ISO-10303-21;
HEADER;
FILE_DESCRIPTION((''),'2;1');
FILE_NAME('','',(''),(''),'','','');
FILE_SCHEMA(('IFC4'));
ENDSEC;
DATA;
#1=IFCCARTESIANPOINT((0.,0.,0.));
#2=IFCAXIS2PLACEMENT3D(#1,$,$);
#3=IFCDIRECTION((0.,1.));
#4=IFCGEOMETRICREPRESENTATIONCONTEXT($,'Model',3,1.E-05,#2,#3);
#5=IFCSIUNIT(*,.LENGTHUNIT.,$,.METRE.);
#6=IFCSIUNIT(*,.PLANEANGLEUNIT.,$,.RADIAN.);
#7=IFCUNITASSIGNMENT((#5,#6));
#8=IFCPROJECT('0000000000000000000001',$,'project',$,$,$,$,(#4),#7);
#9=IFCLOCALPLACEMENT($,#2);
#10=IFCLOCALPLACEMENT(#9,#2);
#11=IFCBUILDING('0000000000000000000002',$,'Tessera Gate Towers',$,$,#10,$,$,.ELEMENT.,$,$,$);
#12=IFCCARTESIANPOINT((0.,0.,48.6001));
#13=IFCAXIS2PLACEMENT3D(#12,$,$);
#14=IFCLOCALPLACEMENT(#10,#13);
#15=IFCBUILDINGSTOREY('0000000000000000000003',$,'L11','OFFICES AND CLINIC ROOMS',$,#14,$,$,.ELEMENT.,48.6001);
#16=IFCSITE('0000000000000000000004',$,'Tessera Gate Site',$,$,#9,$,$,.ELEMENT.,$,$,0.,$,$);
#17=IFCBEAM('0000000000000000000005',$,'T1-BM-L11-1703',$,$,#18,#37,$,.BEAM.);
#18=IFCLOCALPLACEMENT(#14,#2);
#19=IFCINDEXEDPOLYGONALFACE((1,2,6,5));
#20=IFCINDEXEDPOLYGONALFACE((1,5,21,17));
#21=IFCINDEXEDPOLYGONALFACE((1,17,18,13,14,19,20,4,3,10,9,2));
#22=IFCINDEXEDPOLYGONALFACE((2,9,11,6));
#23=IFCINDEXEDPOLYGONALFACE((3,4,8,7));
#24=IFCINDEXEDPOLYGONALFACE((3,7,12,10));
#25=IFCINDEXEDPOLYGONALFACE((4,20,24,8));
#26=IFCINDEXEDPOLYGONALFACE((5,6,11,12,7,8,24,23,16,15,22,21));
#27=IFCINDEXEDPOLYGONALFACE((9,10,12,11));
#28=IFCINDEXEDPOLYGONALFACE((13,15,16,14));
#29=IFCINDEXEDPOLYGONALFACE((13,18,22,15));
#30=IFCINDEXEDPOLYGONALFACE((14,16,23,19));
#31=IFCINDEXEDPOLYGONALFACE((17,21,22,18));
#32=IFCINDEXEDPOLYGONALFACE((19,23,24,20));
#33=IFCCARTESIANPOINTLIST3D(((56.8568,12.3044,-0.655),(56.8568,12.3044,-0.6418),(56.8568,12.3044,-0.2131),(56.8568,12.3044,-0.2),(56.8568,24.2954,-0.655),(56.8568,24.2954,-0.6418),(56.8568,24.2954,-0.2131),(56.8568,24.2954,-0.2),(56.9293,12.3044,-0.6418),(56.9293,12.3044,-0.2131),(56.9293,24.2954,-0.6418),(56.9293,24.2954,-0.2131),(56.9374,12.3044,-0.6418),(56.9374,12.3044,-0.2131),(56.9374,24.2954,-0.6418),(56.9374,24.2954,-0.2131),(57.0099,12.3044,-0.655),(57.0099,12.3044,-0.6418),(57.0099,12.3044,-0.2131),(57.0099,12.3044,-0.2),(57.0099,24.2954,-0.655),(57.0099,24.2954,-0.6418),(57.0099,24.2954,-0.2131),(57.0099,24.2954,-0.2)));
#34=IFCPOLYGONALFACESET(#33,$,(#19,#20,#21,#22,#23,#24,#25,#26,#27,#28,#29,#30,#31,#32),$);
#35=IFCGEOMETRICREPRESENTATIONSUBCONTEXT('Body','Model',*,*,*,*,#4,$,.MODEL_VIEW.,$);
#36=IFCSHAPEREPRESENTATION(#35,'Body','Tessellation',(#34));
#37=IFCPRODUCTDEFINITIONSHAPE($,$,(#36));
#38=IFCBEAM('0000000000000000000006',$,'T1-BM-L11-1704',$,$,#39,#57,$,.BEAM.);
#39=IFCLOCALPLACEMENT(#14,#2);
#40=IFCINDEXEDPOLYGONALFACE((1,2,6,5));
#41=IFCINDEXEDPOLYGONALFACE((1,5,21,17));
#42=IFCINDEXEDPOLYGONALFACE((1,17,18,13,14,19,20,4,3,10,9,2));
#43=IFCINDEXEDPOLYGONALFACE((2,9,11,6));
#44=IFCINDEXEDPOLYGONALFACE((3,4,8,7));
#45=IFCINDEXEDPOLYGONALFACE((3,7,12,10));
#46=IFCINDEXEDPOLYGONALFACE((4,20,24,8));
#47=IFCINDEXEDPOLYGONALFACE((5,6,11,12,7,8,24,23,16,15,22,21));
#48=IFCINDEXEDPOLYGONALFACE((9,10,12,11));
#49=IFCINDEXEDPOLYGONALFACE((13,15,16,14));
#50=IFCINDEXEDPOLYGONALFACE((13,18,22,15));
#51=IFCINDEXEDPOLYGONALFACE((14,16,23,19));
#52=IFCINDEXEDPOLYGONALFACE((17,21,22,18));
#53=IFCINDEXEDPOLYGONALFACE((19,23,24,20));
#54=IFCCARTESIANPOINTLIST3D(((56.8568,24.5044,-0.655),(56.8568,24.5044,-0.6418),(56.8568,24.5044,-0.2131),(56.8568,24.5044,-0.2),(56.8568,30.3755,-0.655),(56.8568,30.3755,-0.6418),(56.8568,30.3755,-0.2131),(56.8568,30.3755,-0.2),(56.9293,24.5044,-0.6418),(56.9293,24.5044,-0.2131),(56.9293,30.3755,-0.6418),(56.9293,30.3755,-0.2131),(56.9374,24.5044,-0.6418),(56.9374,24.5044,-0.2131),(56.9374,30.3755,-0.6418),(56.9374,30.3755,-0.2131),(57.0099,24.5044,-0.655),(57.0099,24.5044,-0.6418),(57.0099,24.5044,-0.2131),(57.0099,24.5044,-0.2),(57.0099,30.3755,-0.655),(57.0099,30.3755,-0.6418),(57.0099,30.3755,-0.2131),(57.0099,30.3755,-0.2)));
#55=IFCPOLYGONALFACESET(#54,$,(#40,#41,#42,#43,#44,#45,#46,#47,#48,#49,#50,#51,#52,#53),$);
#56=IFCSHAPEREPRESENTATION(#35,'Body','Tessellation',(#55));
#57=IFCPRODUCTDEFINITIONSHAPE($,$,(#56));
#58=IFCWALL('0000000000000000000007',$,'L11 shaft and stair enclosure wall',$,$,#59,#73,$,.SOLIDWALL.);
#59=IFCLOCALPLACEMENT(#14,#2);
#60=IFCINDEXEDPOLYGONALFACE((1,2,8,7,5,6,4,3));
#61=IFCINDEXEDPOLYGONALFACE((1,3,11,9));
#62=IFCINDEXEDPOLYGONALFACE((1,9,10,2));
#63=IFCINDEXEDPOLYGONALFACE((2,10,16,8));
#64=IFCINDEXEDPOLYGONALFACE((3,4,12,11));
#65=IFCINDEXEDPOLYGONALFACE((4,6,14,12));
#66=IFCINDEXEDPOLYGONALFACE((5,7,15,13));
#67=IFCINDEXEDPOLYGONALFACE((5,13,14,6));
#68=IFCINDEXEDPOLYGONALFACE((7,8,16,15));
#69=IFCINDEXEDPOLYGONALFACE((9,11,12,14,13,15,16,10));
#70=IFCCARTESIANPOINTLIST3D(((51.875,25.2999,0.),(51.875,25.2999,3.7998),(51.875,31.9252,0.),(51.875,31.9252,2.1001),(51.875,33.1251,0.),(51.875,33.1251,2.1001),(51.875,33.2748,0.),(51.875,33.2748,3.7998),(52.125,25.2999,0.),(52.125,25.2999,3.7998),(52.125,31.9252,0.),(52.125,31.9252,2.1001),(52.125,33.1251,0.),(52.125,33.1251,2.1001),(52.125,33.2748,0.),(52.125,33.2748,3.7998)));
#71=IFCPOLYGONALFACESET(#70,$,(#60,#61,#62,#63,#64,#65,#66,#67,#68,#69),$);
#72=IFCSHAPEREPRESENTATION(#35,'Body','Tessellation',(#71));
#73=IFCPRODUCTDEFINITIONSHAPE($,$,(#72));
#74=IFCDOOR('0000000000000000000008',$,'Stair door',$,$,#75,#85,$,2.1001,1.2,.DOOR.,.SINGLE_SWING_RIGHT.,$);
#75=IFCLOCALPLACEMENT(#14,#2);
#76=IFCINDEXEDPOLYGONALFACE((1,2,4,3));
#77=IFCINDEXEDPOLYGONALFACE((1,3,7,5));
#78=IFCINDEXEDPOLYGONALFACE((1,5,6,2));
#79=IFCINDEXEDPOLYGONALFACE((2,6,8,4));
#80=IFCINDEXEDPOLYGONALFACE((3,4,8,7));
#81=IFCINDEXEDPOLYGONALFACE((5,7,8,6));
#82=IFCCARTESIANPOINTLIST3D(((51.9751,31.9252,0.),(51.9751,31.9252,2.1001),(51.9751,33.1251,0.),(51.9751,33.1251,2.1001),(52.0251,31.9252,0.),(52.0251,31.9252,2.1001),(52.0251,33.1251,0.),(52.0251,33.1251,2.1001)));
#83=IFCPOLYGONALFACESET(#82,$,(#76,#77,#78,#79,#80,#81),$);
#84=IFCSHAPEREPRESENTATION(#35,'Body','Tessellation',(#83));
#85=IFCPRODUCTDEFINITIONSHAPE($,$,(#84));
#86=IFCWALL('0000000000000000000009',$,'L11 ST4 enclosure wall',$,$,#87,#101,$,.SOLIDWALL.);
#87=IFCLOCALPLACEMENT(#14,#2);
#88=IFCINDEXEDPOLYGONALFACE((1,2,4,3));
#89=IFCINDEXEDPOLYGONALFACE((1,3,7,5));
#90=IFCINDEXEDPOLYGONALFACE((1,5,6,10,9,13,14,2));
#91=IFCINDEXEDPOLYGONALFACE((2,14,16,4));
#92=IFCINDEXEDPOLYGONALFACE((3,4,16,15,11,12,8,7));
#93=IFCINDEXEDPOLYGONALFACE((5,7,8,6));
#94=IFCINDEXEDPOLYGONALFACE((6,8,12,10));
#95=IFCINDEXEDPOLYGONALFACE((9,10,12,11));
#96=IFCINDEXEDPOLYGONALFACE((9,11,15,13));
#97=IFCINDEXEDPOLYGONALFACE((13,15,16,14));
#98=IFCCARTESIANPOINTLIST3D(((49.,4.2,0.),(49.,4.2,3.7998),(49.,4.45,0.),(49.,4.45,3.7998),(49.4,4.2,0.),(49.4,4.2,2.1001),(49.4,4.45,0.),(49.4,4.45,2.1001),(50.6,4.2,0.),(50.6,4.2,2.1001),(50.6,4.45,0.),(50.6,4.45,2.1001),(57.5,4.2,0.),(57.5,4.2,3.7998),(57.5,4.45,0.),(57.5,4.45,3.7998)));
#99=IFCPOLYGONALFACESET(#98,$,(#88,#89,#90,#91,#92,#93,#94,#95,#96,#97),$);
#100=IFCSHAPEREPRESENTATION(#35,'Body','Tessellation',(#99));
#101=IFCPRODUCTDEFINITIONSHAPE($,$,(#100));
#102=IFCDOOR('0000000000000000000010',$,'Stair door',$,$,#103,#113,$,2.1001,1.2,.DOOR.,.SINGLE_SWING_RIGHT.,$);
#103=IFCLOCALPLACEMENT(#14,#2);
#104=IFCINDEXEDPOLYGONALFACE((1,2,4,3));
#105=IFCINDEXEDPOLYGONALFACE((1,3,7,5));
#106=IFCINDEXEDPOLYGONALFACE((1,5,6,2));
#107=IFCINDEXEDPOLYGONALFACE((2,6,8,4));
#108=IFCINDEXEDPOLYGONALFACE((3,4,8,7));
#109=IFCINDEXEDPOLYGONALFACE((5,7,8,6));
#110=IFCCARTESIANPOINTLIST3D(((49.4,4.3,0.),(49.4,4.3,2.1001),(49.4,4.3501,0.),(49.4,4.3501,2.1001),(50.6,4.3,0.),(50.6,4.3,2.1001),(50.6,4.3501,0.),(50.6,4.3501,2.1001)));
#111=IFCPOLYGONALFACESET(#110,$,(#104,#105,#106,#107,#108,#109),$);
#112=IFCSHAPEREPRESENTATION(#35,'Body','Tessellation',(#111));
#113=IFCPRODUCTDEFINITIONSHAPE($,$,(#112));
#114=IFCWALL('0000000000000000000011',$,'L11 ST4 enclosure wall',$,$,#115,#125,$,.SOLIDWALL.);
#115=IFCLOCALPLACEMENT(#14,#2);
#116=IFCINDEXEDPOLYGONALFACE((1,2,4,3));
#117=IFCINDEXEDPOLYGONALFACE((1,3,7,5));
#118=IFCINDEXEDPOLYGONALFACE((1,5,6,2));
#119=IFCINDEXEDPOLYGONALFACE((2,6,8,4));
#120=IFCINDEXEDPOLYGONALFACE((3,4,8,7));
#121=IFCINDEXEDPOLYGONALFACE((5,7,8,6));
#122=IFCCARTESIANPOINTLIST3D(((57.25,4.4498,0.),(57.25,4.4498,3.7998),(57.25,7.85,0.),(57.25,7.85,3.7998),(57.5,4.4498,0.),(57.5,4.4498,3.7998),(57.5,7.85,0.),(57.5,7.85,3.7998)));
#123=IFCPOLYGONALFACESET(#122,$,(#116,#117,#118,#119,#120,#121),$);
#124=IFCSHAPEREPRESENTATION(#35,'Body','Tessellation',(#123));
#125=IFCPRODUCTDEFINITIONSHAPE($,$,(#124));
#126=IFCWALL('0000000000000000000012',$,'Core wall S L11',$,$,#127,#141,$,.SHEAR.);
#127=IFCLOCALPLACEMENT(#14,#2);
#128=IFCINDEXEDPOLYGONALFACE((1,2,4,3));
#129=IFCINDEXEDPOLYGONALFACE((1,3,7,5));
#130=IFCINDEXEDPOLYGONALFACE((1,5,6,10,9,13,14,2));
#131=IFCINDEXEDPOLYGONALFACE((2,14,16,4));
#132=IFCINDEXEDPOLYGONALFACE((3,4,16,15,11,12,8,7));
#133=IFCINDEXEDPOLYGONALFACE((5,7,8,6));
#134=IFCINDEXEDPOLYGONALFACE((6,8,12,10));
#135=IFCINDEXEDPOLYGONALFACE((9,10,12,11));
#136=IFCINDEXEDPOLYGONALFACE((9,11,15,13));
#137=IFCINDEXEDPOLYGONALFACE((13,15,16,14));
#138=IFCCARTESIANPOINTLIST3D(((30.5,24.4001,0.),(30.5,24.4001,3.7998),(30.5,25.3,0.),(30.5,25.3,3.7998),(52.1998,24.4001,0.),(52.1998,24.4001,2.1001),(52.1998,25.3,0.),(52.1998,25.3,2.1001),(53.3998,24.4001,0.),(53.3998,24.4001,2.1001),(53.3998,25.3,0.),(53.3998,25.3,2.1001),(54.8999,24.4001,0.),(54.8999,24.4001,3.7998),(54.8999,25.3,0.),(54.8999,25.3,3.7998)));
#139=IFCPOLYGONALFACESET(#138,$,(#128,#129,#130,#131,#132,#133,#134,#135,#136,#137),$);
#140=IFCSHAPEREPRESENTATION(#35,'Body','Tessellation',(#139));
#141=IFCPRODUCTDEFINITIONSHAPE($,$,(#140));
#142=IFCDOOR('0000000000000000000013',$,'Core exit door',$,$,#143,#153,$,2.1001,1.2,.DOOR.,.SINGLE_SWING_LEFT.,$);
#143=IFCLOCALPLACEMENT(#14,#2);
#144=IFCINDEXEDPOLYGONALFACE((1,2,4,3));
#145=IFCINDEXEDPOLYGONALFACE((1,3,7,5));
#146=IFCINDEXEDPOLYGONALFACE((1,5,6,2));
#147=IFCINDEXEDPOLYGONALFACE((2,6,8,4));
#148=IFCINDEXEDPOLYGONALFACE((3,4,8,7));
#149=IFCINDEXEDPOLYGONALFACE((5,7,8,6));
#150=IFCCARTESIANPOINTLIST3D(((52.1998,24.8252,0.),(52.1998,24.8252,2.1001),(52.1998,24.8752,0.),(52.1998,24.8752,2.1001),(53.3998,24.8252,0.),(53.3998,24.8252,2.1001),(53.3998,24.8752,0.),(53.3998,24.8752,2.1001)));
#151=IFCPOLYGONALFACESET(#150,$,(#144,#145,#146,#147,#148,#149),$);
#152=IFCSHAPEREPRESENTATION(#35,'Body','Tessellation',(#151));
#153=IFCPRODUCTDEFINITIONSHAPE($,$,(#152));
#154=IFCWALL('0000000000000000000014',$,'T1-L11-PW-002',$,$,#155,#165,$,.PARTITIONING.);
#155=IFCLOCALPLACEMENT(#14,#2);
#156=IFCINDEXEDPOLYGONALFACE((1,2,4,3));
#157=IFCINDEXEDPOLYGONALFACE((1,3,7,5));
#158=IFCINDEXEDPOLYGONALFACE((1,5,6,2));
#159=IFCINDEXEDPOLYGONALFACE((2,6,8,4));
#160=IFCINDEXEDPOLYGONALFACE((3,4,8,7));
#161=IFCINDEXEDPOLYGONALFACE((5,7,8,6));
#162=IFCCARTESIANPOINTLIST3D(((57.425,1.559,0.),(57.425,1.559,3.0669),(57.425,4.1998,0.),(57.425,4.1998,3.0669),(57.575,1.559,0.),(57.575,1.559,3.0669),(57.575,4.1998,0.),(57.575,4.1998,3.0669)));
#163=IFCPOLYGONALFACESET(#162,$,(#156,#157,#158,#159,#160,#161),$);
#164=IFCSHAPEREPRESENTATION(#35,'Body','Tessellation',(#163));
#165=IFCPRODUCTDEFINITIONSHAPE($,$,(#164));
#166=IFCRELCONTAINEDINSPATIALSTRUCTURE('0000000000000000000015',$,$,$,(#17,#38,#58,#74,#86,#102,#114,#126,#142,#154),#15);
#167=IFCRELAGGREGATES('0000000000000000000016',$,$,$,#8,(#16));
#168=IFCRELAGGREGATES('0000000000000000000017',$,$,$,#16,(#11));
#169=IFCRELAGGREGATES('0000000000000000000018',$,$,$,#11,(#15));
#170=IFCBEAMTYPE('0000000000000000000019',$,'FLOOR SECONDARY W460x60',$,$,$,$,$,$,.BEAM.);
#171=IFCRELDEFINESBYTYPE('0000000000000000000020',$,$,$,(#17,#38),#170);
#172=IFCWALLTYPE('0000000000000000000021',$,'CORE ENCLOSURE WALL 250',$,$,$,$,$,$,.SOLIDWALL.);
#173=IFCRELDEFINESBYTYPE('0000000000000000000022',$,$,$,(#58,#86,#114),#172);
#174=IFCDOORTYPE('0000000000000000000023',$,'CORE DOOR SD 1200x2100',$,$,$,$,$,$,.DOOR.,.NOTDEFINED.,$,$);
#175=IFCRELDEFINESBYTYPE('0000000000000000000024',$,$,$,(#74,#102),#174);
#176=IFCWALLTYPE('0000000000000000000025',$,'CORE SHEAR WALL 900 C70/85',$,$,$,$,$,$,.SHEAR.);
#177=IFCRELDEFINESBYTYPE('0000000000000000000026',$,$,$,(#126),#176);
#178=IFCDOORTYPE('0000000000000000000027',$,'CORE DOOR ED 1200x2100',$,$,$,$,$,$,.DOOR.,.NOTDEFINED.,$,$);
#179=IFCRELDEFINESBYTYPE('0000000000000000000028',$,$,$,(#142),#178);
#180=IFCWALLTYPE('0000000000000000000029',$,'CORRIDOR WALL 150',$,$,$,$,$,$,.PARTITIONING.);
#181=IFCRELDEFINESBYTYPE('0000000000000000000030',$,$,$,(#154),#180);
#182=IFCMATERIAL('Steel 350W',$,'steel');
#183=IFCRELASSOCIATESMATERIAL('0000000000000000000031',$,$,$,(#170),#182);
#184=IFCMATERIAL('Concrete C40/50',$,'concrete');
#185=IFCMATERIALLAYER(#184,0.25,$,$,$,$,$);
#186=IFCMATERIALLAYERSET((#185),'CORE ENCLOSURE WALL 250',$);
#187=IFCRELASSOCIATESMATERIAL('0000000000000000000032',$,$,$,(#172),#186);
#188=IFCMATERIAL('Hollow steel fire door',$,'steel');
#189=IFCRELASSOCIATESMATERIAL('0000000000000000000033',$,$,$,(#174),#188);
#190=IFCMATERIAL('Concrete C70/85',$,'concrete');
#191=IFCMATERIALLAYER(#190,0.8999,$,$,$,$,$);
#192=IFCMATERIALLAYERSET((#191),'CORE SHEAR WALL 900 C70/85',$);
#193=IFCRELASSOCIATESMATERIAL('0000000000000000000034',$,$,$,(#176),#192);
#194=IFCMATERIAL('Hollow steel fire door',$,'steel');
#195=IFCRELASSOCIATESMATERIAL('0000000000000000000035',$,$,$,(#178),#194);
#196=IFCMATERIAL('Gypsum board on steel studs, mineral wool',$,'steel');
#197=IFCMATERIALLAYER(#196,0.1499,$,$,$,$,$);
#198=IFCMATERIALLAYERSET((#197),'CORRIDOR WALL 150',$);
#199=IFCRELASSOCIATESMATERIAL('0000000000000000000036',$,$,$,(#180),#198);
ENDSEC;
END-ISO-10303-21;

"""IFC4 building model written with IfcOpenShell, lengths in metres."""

from ifc_helpers import new_model, si_unit, direction, frame, frame_2d, origin, origin_2d, place, context, subcontext, project, spatial, rectangle, i_section, extrude, source, transform, mapped, material, layer, layer_set, material_profile, profile_set, type_object, element, fill, save


model = new_model("IFC4")

# Units and contexts
model_context = context("Model", 3, precision=1e-05, world=origin(), true_north=direction((0.0, 1.0)))
body_context = subcontext(model_context, "Body", "Model", "MODEL_VIEW")
ifc_project = project(units=[si_unit("LENGTHUNIT", "METRE"), si_unit("PLANEANGLEUNIT", "RADIAN")], contexts=[model_context])

# Site, building, storey
site_placement = place(None, origin())
site = spatial("IfcSite", under=ifc_project, at=site_placement, Name="Tessera Gate Site", CompositionType="ELEMENT", RefElevation=0.0)
building_placement = place(site_placement, origin())
building = spatial("IfcBuilding", under=site, at=building_placement, Name="Tessera Gate Towers", CompositionType="ELEMENT")
storey_placement = place(building_placement, frame((0.0, 0.0, 48.6001)))
storey = spatial("IfcBuildingStorey", under=building, at=storey_placement, Name="L11", Description="OFFICES AND CLINIC ROOMS", CompositionType="ELEMENT", Elevation=48.6001)

# Beams
ifc_material_1 = material(Name="Steel 350W", Category="steel")
ifc_material_profile_1 = material_profile(ifc_material_1, i_section(OverallWidth=0.1531, OverallDepth=0.4551, WebThickness=0.0081, FlangeThickness=0.0132, at=origin_2d()), Name="W460x60")
ifc_profile_set_1 = profile_set([ifc_material_profile_1], Name="Steel 350W")
beam_type_1 = type_object("IfcBeamType", Name="FLOOR SECONDARY W460x60", PredefinedType="BEAM", material=ifc_profile_set_1)
beam_1_placement = place(storey_placement, frame((56.9333, 12.3044, -0.4275), z_axis=(0.0, 1.0, 0.0), x_axis=(-1.0, 0.0, 0.0)))
element("IfcBeam", 1, at=beam_1_placement, inside=storey, type_object=beam_type_1, Name="T1-BM-L11-1703", PredefinedType="BEAM", context=body_context, shape_type="SweptSolid", body=[
    extrude(i_section(OverallWidth=0.1531, OverallDepth=0.4551, WebThickness=0.0081, FlangeThickness=0.0132, at=origin_2d()), origin(), (0.0, 0.0, 1.0), 11.991),
])
beam_2_placement = place(storey_placement, frame((56.9333, 24.5044, -0.4275), z_axis=(0.0, 1.0, 0.0), x_axis=(-1.0, 0.0, 0.0)))
element("IfcBeam", 2, at=beam_2_placement, inside=storey, type_object=beam_type_1, Name="T1-BM-L11-1704", PredefinedType="BEAM", context=body_context, shape_type="SweptSolid", body=[
    extrude(i_section(OverallWidth=0.1531, OverallDepth=0.4551, WebThickness=0.0081, FlangeThickness=0.0132, at=origin_2d()), origin(), (0.0, 0.0, 1.0), 5.8711),
])

# Walls, openings, doors
ifc_material_2 = material(Name="Concrete C40/50", Category="concrete")
ifc_layer_1 = layer(ifc_material_2, 0.25)
ifc_layer_set_1 = layer_set([ifc_layer_1], Name="CORE ENCLOSURE WALL 250")
wall_type_1 = type_object("IfcWallType", Name="CORE ENCLOSURE WALL 250", PredefinedType="SOLIDWALL", material=ifc_layer_set_1)
wall_1_placement = place(storey_placement, frame((52.0, 25.3, 0.0), z_axis=(0.0, 0.0, 1.0), x_axis=(0.0, 1.0, 0.0)))
wall_1 = element("IfcWall", 3, at=wall_1_placement, inside=storey, type_object=wall_type_1, Name="L11 shaft and stair enclosure wall", PredefinedType="SOLIDWALL", context=body_context, shape_type="SweptSolid", body=[
    extrude(rectangle(XDim=7.9749, YDim=0.25, at=frame_2d((3.9873, 0.0))), origin(), (0.0, 0.0, 1.0), 3.7998),
])
shared_shape_1 = source(origin(), body_context, "Body", "SweptSolid", [
    extrude(rectangle(XDim=1.2, YDim=2.1001, at=frame_2d((0.6001, 1.05))), frame((0.0, 0.135, 0.0), z_axis=(0.0, -1.0, 0.0), x_axis=(1.0, 0.0, 0.0)), (0.0, 0.0, 1.0), 0.27),
])
opening_1_placement = place(wall_1_placement, frame((6.625, 0.0, 0.0)))
opening_1 = element("IfcOpeningElement", 4, at=opening_1_placement, cuts=wall_1, PredefinedType="OPENING", context=body_context, shape_type="MappedRepresentation", body=[
    mapped(shared_shape_1, transform((0.0, 0.0, 0.0), scale=1.0)),
])
ifc_material_3 = material(Name="Hollow steel fire door", Category="steel")
door_type_1 = type_object("IfcDoorType", Name="CORE DOOR SD 1200x2100", OperationType="NOTDEFINED", PredefinedType="DOOR", material=ifc_material_3)
shared_shape_2 = source(origin(), body_context, "Body", "SweptSolid", [
    extrude(rectangle(XDim=1.2, YDim=2.1001, at=frame_2d((0.6001, 1.05))), frame((0.0, 0.0249, 0.0), z_axis=(0.0, -1.0, 0.0), x_axis=(1.0, 0.0, 0.0)), (0.0, 0.0, 1.0), 0.05),
])
door_1_placement = place(opening_1_placement, origin())
door_1 = element("IfcDoor", 5, at=door_1_placement, inside=storey, type_object=door_type_1, Name="Stair door", OperationType="SINGLE_SWING_RIGHT", OverallHeight=2.1001, OverallWidth=1.2, PredefinedType="DOOR", context=body_context, shape_type="MappedRepresentation", body=[
    mapped(shared_shape_2, transform((0.0, 0.0, 0.0), scale=1.0)),
])
fill(opening_1, door_1)
wall_2_placement = place(storey_placement, frame((57.5, 4.325, 0.0), z_axis=(0.0, 0.0, 1.0), x_axis=(-1.0, 0.0, 0.0)))
wall_2 = element("IfcWall", 6, at=wall_2_placement, inside=storey, type_object=wall_type_1, Name="L11 ST4 enclosure wall", PredefinedType="SOLIDWALL", context=body_context, shape_type="SweptSolid", body=[
    extrude(rectangle(XDim=8.5, YDim=0.25, at=frame_2d((4.25, 0.0))), origin(), (0.0, 0.0, 1.0), 3.7998),
])
opening_2_placement = place(wall_2_placement, frame((6.8999, 0.0, 0.0)))
opening_2 = element("IfcOpeningElement", 7, at=opening_2_placement, cuts=wall_2, PredefinedType="OPENING", context=body_context, shape_type="MappedRepresentation", body=[
    mapped(shared_shape_1, transform((0.0, 0.0, 0.0), scale=1.0)),
])
door_2_placement = place(opening_2_placement, origin())
door_2 = element("IfcDoor", 8, at=door_2_placement, inside=storey, type_object=door_type_1, Name="Stair door", OperationType="SINGLE_SWING_RIGHT", OverallHeight=2.1001, OverallWidth=1.2, PredefinedType="DOOR", context=body_context, shape_type="MappedRepresentation", body=[
    mapped(shared_shape_2, transform((0.0, 0.0, 0.0), scale=1.0)),
])
fill(opening_2, door_2)

# Wall
wall_3_placement = place(storey_placement, frame((57.375, 7.8501, 0.0), z_axis=(0.0, 0.0, 1.0), x_axis=(0.0, -1.0, 0.0)))
element("IfcWall", 9, at=wall_3_placement, inside=storey, type_object=wall_type_1, Name="L11 ST4 enclosure wall", PredefinedType="SOLIDWALL", context=body_context, shape_type="SweptSolid", body=[
    extrude(rectangle(XDim=3.4001, YDim=0.25, at=frame_2d((1.7002, 0.0))), origin(), (0.0, 0.0, 1.0), 3.7998),
])

# Wall, opening, door
ifc_material_4 = material(Name="Concrete C70/85", Category="concrete")
ifc_layer_2 = layer(ifc_material_4, 0.8999)
ifc_layer_set_2 = layer_set([ifc_layer_2], Name="CORE SHEAR WALL 900 C70/85")
wall_type_2 = type_object("IfcWallType", Name="CORE SHEAR WALL 900 C70/85", PredefinedType="SHEAR", material=ifc_layer_set_2)
wall_4_placement = place(storey_placement, frame((54.8999, 24.8501, 0.0), z_axis=(0.0, 0.0, 1.0), x_axis=(-1.0, 0.0, 0.0)))
wall_4 = element("IfcWall", 10, at=wall_4_placement, inside=storey, type_object=wall_type_2, Name="Core wall S L11", PredefinedType="SHEAR", context=body_context, shape_type="SweptSolid", body=[
    extrude(rectangle(XDim=24.3999, YDim=0.8999, at=frame_2d((12.2, 0.0))), origin(), (0.0, 0.0, 1.0), 3.7998),
])
shared_shape_3 = source(origin(), body_context, "Body", "SweptSolid", [
    extrude(rectangle(XDim=1.2, YDim=2.1001, at=frame_2d((0.6001, 1.05))), frame((0.0, 0.46, 0.0), z_axis=(0.0, -1.0, 0.0), x_axis=(1.0, 0.0, 0.0)), (0.0, 0.0, 1.0), 0.9199),
])
opening_3_placement = place(wall_4_placement, frame((1.5, 0.0, 0.0)))
opening_3 = element("IfcOpeningElement", 11, at=opening_3_placement, cuts=wall_4, PredefinedType="OPENING", context=body_context, shape_type="MappedRepresentation", body=[
    mapped(shared_shape_3, transform((0.0, 0.0, 0.0), scale=1.0)),
])
ifc_material_5 = material(Name="Hollow steel fire door", Category="steel")
door_type_2 = type_object("IfcDoorType", Name="CORE DOOR ED 1200x2100", OperationType="NOTDEFINED", PredefinedType="DOOR", material=ifc_material_5)
door_3_placement = place(opening_3_placement, origin())
door_3 = element("IfcDoor", 12, at=door_3_placement, inside=storey, type_object=door_type_2, Name="Core exit door", OperationType="SINGLE_SWING_LEFT", OverallHeight=2.1001, OverallWidth=1.2, PredefinedType="DOOR", context=body_context, shape_type="MappedRepresentation", body=[
    mapped(shared_shape_2, transform((0.0, 0.0, 0.0), scale=1.0)),
])
fill(opening_3, door_3)

# Wall
ifc_material_6 = material(Name="Gypsum board on steel studs, mineral wool", Category="steel")
ifc_layer_3 = layer(ifc_material_6, 0.1499)
ifc_layer_set_3 = layer_set([ifc_layer_3], Name="CORRIDOR WALL 150")
wall_type_3 = type_object("IfcWallType", Name="CORRIDOR WALL 150", PredefinedType="PARTITIONING", material=ifc_layer_set_3)
wall_5_placement = place(storey_placement, frame((57.5, 1.5591, 0.0), z_axis=(0.0, 0.0, 1.0), x_axis=(0.0, 1.0, 0.0)))
element("IfcWall", 13, at=wall_5_placement, inside=storey, type_object=wall_type_3, Name="T1-L11-PW-002", PredefinedType="PARTITIONING", context=body_context, shape_type="SweptSolid", body=[
    extrude(rectangle(XDim=2.6409, YDim=0.1499, at=frame_2d((1.3203, 0.0))), origin(), (0.0, 0.0, 1.0), 3.0669),
])

save(model, "model.ifc")
